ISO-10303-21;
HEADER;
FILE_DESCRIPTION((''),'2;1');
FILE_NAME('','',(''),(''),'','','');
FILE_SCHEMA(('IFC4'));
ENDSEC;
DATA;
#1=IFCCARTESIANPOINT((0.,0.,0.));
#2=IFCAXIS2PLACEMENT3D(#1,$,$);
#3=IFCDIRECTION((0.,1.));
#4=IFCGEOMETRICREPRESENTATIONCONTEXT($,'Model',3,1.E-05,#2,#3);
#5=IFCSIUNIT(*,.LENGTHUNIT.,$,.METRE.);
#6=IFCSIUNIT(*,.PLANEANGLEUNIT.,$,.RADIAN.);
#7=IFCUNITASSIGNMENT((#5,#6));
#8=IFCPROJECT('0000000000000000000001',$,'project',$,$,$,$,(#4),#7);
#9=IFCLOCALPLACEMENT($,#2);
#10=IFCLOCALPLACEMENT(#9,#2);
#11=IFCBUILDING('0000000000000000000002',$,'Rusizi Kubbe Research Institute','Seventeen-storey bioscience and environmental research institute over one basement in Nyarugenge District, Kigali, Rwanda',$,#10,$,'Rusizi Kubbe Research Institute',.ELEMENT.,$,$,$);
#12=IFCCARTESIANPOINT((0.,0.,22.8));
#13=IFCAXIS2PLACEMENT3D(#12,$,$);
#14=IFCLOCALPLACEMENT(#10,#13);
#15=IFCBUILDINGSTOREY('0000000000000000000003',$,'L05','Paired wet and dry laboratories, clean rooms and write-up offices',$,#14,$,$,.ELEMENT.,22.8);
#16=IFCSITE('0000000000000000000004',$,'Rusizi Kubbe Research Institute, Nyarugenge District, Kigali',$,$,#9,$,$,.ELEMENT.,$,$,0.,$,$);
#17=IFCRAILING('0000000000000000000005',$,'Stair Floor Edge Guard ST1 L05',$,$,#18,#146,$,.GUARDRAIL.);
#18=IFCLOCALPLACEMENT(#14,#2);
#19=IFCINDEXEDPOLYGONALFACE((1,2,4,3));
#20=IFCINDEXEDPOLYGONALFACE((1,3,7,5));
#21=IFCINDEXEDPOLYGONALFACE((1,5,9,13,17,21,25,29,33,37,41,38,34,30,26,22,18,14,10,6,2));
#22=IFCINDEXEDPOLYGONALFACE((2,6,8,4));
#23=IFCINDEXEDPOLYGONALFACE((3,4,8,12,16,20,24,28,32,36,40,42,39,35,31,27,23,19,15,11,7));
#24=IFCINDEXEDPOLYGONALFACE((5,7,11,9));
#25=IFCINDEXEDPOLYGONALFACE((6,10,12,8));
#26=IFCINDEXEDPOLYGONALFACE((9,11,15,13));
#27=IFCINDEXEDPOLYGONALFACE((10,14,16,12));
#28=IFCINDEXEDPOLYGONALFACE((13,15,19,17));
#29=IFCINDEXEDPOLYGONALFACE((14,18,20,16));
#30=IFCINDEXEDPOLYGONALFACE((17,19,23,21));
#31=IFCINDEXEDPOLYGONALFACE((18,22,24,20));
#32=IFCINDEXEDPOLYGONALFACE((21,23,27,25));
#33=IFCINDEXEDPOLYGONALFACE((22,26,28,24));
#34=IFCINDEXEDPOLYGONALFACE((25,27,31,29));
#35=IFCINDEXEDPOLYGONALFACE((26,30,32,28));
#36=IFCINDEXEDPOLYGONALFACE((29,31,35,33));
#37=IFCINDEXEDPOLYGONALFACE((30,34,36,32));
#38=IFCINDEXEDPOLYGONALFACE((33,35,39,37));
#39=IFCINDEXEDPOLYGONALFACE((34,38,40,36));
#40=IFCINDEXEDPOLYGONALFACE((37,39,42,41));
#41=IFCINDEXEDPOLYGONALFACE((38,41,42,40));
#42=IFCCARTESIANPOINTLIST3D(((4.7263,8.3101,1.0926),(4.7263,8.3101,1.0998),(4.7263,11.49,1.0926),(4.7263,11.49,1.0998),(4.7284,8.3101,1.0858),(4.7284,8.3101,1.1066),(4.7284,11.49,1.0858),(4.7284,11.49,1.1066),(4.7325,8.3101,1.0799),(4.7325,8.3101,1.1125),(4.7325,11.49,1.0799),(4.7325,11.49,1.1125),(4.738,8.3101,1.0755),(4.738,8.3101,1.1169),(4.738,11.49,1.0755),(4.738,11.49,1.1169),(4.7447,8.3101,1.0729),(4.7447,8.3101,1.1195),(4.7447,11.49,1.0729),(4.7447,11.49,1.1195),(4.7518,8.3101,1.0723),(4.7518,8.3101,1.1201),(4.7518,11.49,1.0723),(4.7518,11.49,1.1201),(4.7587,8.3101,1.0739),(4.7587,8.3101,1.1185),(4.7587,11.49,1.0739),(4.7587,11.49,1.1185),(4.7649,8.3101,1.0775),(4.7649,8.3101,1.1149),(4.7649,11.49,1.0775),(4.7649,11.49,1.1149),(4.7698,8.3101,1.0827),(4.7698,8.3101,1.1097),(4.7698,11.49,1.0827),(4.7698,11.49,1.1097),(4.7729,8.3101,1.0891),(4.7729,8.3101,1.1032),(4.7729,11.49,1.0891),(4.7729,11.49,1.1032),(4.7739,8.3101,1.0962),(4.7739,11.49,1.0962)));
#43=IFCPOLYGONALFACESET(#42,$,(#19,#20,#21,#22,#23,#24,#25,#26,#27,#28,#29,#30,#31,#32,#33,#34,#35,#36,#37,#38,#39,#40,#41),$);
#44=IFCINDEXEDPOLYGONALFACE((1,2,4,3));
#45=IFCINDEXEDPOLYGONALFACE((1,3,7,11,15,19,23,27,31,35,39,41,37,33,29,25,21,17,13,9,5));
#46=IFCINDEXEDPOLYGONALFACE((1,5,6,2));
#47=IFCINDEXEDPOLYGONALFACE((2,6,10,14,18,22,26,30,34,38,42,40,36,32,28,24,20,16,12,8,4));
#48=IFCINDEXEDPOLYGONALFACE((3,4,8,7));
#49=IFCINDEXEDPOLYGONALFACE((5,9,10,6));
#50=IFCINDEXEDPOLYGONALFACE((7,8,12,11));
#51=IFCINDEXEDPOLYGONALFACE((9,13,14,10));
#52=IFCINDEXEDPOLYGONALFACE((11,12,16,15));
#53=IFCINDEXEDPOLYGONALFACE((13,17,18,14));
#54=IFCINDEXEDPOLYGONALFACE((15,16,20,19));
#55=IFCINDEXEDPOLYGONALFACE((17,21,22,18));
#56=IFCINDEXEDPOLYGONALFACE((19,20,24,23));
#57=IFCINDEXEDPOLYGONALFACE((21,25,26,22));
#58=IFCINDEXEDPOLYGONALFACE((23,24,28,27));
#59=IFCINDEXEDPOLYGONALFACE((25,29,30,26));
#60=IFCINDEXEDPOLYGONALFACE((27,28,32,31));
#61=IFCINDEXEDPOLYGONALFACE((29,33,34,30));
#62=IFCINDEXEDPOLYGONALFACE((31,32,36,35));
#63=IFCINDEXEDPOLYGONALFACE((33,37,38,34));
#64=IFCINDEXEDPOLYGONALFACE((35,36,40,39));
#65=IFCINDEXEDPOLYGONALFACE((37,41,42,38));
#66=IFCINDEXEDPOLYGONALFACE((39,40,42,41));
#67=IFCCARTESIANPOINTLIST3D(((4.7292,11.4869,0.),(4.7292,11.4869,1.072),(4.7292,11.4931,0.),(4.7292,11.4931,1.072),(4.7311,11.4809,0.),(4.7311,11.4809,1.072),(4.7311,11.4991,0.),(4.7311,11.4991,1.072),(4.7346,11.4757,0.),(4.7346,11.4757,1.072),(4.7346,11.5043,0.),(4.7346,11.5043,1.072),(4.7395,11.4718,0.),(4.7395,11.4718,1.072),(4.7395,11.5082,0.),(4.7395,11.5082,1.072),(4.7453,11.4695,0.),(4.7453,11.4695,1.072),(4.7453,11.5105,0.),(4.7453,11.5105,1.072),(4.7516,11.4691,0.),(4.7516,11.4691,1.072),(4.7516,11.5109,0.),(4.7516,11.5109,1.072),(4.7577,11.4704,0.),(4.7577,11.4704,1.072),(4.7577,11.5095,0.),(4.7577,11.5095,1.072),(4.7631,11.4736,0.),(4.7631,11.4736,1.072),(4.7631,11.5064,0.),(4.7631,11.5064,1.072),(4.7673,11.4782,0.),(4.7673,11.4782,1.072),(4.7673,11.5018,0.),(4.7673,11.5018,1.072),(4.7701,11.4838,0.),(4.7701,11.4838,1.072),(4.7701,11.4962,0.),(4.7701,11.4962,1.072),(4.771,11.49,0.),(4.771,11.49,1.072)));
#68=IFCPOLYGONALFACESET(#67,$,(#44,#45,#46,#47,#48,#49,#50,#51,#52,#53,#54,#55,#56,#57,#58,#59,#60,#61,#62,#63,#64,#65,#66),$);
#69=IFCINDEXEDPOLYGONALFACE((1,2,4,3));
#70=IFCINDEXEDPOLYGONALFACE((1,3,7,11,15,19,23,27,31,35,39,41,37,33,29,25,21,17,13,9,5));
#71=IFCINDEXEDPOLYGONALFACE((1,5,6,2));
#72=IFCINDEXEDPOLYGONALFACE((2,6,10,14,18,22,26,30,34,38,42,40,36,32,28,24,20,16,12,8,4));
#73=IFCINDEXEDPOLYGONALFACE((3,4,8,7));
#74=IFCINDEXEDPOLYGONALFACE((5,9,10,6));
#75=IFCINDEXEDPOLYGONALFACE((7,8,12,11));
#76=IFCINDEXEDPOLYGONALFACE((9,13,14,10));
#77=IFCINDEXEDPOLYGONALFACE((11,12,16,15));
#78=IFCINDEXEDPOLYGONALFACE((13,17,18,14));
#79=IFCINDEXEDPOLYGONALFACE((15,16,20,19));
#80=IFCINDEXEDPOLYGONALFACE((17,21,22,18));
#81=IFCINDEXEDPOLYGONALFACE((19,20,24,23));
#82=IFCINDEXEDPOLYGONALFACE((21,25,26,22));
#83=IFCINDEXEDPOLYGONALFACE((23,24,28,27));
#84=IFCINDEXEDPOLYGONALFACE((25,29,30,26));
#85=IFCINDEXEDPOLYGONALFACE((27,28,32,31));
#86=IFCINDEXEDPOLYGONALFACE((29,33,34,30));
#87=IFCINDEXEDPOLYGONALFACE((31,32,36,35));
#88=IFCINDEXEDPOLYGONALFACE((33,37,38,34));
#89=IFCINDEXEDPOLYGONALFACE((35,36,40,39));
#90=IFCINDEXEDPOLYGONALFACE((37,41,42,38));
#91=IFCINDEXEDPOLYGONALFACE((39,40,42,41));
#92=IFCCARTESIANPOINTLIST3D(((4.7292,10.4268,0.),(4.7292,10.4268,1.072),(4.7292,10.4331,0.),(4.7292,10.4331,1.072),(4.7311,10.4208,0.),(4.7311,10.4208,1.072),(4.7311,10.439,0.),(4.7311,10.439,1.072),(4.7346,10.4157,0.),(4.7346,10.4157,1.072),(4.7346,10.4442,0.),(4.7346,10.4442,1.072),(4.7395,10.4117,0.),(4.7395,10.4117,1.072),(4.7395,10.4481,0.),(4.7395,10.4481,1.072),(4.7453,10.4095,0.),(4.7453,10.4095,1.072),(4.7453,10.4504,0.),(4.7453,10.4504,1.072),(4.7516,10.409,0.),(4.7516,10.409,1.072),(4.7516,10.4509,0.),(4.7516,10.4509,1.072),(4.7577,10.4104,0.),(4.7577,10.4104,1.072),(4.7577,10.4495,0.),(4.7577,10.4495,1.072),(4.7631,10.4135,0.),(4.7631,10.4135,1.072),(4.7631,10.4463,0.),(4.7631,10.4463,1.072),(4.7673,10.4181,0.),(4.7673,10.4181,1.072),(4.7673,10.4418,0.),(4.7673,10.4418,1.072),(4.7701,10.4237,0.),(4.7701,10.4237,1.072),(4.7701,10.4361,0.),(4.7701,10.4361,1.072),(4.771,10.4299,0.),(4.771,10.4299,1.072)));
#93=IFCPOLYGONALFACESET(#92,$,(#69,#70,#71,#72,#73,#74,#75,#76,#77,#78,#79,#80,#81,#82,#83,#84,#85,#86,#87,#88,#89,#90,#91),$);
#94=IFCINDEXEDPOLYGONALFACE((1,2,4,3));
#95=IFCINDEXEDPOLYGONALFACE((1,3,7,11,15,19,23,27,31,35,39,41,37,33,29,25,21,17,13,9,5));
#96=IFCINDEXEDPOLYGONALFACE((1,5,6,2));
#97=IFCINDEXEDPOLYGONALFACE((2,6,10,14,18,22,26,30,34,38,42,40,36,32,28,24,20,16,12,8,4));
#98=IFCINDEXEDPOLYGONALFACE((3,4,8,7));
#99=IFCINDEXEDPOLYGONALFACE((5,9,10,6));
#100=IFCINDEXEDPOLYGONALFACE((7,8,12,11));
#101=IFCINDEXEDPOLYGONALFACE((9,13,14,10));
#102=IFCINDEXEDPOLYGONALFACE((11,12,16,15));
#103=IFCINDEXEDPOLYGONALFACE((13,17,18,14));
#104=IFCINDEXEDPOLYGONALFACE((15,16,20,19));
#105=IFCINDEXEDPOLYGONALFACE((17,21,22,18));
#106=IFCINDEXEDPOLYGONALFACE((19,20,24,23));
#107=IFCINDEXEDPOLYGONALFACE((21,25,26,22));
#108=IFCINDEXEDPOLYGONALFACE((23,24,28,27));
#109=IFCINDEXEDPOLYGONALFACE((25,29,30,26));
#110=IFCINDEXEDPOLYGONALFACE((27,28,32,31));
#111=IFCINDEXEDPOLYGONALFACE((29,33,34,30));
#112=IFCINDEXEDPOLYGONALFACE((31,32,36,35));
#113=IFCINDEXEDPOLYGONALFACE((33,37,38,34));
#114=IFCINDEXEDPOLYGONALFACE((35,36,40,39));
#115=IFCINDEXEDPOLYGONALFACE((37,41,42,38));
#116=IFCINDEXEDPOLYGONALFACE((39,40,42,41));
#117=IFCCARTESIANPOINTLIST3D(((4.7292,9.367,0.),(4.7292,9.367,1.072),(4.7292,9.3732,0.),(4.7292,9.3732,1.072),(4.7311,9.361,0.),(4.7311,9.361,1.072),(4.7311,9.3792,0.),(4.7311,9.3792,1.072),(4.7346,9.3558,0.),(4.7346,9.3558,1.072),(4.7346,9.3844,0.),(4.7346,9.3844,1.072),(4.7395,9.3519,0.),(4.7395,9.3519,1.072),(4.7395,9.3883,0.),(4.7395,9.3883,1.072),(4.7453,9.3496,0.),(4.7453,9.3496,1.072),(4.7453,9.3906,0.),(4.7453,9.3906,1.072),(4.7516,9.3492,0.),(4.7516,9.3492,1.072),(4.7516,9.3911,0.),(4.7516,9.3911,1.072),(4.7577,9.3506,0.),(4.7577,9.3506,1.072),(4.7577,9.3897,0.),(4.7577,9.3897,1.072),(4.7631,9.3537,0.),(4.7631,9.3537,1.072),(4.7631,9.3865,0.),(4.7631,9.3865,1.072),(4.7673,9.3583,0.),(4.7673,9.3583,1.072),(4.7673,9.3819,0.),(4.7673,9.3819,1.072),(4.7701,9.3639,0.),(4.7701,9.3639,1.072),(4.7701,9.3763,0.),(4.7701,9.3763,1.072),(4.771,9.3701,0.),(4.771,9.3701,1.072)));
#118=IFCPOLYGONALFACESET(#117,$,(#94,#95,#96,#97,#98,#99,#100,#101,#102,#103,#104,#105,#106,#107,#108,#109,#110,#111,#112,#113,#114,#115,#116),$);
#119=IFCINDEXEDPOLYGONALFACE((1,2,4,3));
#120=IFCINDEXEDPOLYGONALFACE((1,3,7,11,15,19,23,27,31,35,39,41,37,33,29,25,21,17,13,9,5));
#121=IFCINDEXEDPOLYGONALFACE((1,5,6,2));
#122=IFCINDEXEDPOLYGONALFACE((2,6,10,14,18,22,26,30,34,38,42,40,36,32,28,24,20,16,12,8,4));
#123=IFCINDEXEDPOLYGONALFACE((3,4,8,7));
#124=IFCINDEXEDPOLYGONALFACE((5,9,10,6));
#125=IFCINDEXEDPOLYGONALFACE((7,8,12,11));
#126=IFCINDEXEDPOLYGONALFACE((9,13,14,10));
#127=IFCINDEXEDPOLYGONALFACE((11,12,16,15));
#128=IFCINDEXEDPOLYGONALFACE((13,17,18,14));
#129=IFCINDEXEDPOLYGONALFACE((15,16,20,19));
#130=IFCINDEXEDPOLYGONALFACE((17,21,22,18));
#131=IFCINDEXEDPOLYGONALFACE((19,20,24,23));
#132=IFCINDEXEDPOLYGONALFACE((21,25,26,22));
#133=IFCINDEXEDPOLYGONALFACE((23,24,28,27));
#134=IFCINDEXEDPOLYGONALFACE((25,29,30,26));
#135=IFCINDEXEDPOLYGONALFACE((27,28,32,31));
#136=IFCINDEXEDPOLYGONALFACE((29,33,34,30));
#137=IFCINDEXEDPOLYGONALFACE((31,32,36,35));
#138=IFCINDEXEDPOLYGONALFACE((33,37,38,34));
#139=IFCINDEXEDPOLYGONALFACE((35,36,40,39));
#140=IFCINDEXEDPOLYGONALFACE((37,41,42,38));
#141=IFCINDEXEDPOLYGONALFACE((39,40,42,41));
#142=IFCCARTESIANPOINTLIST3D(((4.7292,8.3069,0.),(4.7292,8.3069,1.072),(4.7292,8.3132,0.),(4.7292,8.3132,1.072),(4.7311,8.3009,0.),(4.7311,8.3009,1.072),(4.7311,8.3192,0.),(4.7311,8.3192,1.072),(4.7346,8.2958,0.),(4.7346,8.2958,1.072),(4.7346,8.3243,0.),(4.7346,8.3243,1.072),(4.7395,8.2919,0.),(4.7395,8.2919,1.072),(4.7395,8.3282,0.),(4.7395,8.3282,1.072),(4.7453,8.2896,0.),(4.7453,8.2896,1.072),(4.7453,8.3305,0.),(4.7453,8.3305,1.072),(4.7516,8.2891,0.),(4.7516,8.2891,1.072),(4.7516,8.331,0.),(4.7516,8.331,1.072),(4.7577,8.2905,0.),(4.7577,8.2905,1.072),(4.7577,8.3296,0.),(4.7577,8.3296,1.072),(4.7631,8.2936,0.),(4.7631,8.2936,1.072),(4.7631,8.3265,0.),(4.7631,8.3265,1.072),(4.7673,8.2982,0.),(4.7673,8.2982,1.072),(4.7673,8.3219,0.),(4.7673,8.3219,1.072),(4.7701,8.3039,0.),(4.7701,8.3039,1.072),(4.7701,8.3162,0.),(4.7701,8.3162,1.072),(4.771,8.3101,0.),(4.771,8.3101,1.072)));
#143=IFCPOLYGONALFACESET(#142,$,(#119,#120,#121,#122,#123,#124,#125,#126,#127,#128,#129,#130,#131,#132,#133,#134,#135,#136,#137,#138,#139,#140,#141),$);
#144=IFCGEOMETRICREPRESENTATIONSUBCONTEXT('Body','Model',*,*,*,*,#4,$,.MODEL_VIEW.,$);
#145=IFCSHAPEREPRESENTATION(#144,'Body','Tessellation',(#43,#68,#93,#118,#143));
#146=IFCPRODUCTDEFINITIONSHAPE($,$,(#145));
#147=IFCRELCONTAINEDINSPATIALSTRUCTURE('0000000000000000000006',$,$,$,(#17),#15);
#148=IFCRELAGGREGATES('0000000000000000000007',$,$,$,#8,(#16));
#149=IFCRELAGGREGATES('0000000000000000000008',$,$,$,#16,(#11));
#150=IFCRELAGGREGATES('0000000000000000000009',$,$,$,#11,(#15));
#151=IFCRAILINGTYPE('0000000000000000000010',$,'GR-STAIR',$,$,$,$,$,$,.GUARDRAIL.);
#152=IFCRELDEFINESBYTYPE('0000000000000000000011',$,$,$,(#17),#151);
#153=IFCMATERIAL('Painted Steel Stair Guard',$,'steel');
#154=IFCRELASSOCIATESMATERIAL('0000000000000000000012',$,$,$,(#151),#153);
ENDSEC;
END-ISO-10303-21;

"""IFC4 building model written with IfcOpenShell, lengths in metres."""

from ifc_helpers import new_model, si_unit, direction, frame, origin, origin_2d, place, context, subcontext, project, spatial, circle, extrude, material, type_object, element, save


model = new_model("IFC4")

# Units and contexts
model_context = context("Model", 3, precision=1e-05, world=origin(), true_north=direction((0.0, 1.0)))
body_context = subcontext(model_context, "Body", "Model", "MODEL_VIEW")
ifc_project = project(units=[si_unit("LENGTHUNIT", "METRE"), si_unit("PLANEANGLEUNIT", "RADIAN")], contexts=[model_context])

# Site, building, storey
site_placement = place(None, origin())
site = spatial("IfcSite", under=ifc_project, at=site_placement, Name="Rusizi Kubbe Research Institute, Nyarugenge District, Kigali", CompositionType="ELEMENT", RefElevation=0.0)
building_placement = place(site_placement, origin())
building = spatial("IfcBuilding", under=site, at=building_placement, Name="Rusizi Kubbe Research Institute", Description="Seventeen-storey bioscience and environmental research institute over one basement in Nyarugenge District, Kigali, Rwanda", LongName="Rusizi Kubbe Research Institute", CompositionType="ELEMENT")
storey_placement = place(building_placement, frame((0.0, 0.0, 22.8)))
storey = spatial("IfcBuildingStorey", under=building, at=storey_placement, Name="L05", Description="Paired wet and dry laboratories, clean rooms and write-up offices", CompositionType="ELEMENT", Elevation=22.8)

# Railing
ifc_material_1 = material(Name="Painted Steel Stair Guard", Category="steel")
railing_type_1 = type_object("IfcRailingType", Name="GR-STAIR", PredefinedType="GUARDRAIL", material=ifc_material_1)
railing_1_placement = place(storey_placement, frame((4.75, 11.49, 0.0)))
element("IfcRailing", 1, at=railing_1_placement, inside=storey, type_object=railing_type_1, Name="Stair Floor Edge Guard ST1 L05", PredefinedType="GUARDRAIL", context=body_context, shape_type="SweptSolid", body=[
    extrude(circle(Radius=0.0239, at=origin_2d()), frame((0.0, 0.0, 1.0962), z_axis=(0.0, -1.0, 0.0), x_axis=(1.0, 0.0, 0.0)), (0.0, 0.0, 1.0), 3.1799),
    extrude(circle(Radius=0.021, at=origin_2d()), origin(), (0.0, 0.0, 1.0), 1.072),
    extrude(circle(Radius=0.021, at=origin_2d()), frame((0.0, -1.0601, 0.0)), (0.0, 0.0, 1.0), 1.072),
    extrude(circle(Radius=0.021, at=origin_2d()), frame((0.0, -2.1199, 0.0)), (0.0, 0.0, 1.0), 1.072),
    extrude(circle(Radius=0.021, at=origin_2d()), frame((0.0, -3.1799, 0.0)), (0.0, 0.0, 1.0), 1.072),
])

save(model, "model.ifc")
